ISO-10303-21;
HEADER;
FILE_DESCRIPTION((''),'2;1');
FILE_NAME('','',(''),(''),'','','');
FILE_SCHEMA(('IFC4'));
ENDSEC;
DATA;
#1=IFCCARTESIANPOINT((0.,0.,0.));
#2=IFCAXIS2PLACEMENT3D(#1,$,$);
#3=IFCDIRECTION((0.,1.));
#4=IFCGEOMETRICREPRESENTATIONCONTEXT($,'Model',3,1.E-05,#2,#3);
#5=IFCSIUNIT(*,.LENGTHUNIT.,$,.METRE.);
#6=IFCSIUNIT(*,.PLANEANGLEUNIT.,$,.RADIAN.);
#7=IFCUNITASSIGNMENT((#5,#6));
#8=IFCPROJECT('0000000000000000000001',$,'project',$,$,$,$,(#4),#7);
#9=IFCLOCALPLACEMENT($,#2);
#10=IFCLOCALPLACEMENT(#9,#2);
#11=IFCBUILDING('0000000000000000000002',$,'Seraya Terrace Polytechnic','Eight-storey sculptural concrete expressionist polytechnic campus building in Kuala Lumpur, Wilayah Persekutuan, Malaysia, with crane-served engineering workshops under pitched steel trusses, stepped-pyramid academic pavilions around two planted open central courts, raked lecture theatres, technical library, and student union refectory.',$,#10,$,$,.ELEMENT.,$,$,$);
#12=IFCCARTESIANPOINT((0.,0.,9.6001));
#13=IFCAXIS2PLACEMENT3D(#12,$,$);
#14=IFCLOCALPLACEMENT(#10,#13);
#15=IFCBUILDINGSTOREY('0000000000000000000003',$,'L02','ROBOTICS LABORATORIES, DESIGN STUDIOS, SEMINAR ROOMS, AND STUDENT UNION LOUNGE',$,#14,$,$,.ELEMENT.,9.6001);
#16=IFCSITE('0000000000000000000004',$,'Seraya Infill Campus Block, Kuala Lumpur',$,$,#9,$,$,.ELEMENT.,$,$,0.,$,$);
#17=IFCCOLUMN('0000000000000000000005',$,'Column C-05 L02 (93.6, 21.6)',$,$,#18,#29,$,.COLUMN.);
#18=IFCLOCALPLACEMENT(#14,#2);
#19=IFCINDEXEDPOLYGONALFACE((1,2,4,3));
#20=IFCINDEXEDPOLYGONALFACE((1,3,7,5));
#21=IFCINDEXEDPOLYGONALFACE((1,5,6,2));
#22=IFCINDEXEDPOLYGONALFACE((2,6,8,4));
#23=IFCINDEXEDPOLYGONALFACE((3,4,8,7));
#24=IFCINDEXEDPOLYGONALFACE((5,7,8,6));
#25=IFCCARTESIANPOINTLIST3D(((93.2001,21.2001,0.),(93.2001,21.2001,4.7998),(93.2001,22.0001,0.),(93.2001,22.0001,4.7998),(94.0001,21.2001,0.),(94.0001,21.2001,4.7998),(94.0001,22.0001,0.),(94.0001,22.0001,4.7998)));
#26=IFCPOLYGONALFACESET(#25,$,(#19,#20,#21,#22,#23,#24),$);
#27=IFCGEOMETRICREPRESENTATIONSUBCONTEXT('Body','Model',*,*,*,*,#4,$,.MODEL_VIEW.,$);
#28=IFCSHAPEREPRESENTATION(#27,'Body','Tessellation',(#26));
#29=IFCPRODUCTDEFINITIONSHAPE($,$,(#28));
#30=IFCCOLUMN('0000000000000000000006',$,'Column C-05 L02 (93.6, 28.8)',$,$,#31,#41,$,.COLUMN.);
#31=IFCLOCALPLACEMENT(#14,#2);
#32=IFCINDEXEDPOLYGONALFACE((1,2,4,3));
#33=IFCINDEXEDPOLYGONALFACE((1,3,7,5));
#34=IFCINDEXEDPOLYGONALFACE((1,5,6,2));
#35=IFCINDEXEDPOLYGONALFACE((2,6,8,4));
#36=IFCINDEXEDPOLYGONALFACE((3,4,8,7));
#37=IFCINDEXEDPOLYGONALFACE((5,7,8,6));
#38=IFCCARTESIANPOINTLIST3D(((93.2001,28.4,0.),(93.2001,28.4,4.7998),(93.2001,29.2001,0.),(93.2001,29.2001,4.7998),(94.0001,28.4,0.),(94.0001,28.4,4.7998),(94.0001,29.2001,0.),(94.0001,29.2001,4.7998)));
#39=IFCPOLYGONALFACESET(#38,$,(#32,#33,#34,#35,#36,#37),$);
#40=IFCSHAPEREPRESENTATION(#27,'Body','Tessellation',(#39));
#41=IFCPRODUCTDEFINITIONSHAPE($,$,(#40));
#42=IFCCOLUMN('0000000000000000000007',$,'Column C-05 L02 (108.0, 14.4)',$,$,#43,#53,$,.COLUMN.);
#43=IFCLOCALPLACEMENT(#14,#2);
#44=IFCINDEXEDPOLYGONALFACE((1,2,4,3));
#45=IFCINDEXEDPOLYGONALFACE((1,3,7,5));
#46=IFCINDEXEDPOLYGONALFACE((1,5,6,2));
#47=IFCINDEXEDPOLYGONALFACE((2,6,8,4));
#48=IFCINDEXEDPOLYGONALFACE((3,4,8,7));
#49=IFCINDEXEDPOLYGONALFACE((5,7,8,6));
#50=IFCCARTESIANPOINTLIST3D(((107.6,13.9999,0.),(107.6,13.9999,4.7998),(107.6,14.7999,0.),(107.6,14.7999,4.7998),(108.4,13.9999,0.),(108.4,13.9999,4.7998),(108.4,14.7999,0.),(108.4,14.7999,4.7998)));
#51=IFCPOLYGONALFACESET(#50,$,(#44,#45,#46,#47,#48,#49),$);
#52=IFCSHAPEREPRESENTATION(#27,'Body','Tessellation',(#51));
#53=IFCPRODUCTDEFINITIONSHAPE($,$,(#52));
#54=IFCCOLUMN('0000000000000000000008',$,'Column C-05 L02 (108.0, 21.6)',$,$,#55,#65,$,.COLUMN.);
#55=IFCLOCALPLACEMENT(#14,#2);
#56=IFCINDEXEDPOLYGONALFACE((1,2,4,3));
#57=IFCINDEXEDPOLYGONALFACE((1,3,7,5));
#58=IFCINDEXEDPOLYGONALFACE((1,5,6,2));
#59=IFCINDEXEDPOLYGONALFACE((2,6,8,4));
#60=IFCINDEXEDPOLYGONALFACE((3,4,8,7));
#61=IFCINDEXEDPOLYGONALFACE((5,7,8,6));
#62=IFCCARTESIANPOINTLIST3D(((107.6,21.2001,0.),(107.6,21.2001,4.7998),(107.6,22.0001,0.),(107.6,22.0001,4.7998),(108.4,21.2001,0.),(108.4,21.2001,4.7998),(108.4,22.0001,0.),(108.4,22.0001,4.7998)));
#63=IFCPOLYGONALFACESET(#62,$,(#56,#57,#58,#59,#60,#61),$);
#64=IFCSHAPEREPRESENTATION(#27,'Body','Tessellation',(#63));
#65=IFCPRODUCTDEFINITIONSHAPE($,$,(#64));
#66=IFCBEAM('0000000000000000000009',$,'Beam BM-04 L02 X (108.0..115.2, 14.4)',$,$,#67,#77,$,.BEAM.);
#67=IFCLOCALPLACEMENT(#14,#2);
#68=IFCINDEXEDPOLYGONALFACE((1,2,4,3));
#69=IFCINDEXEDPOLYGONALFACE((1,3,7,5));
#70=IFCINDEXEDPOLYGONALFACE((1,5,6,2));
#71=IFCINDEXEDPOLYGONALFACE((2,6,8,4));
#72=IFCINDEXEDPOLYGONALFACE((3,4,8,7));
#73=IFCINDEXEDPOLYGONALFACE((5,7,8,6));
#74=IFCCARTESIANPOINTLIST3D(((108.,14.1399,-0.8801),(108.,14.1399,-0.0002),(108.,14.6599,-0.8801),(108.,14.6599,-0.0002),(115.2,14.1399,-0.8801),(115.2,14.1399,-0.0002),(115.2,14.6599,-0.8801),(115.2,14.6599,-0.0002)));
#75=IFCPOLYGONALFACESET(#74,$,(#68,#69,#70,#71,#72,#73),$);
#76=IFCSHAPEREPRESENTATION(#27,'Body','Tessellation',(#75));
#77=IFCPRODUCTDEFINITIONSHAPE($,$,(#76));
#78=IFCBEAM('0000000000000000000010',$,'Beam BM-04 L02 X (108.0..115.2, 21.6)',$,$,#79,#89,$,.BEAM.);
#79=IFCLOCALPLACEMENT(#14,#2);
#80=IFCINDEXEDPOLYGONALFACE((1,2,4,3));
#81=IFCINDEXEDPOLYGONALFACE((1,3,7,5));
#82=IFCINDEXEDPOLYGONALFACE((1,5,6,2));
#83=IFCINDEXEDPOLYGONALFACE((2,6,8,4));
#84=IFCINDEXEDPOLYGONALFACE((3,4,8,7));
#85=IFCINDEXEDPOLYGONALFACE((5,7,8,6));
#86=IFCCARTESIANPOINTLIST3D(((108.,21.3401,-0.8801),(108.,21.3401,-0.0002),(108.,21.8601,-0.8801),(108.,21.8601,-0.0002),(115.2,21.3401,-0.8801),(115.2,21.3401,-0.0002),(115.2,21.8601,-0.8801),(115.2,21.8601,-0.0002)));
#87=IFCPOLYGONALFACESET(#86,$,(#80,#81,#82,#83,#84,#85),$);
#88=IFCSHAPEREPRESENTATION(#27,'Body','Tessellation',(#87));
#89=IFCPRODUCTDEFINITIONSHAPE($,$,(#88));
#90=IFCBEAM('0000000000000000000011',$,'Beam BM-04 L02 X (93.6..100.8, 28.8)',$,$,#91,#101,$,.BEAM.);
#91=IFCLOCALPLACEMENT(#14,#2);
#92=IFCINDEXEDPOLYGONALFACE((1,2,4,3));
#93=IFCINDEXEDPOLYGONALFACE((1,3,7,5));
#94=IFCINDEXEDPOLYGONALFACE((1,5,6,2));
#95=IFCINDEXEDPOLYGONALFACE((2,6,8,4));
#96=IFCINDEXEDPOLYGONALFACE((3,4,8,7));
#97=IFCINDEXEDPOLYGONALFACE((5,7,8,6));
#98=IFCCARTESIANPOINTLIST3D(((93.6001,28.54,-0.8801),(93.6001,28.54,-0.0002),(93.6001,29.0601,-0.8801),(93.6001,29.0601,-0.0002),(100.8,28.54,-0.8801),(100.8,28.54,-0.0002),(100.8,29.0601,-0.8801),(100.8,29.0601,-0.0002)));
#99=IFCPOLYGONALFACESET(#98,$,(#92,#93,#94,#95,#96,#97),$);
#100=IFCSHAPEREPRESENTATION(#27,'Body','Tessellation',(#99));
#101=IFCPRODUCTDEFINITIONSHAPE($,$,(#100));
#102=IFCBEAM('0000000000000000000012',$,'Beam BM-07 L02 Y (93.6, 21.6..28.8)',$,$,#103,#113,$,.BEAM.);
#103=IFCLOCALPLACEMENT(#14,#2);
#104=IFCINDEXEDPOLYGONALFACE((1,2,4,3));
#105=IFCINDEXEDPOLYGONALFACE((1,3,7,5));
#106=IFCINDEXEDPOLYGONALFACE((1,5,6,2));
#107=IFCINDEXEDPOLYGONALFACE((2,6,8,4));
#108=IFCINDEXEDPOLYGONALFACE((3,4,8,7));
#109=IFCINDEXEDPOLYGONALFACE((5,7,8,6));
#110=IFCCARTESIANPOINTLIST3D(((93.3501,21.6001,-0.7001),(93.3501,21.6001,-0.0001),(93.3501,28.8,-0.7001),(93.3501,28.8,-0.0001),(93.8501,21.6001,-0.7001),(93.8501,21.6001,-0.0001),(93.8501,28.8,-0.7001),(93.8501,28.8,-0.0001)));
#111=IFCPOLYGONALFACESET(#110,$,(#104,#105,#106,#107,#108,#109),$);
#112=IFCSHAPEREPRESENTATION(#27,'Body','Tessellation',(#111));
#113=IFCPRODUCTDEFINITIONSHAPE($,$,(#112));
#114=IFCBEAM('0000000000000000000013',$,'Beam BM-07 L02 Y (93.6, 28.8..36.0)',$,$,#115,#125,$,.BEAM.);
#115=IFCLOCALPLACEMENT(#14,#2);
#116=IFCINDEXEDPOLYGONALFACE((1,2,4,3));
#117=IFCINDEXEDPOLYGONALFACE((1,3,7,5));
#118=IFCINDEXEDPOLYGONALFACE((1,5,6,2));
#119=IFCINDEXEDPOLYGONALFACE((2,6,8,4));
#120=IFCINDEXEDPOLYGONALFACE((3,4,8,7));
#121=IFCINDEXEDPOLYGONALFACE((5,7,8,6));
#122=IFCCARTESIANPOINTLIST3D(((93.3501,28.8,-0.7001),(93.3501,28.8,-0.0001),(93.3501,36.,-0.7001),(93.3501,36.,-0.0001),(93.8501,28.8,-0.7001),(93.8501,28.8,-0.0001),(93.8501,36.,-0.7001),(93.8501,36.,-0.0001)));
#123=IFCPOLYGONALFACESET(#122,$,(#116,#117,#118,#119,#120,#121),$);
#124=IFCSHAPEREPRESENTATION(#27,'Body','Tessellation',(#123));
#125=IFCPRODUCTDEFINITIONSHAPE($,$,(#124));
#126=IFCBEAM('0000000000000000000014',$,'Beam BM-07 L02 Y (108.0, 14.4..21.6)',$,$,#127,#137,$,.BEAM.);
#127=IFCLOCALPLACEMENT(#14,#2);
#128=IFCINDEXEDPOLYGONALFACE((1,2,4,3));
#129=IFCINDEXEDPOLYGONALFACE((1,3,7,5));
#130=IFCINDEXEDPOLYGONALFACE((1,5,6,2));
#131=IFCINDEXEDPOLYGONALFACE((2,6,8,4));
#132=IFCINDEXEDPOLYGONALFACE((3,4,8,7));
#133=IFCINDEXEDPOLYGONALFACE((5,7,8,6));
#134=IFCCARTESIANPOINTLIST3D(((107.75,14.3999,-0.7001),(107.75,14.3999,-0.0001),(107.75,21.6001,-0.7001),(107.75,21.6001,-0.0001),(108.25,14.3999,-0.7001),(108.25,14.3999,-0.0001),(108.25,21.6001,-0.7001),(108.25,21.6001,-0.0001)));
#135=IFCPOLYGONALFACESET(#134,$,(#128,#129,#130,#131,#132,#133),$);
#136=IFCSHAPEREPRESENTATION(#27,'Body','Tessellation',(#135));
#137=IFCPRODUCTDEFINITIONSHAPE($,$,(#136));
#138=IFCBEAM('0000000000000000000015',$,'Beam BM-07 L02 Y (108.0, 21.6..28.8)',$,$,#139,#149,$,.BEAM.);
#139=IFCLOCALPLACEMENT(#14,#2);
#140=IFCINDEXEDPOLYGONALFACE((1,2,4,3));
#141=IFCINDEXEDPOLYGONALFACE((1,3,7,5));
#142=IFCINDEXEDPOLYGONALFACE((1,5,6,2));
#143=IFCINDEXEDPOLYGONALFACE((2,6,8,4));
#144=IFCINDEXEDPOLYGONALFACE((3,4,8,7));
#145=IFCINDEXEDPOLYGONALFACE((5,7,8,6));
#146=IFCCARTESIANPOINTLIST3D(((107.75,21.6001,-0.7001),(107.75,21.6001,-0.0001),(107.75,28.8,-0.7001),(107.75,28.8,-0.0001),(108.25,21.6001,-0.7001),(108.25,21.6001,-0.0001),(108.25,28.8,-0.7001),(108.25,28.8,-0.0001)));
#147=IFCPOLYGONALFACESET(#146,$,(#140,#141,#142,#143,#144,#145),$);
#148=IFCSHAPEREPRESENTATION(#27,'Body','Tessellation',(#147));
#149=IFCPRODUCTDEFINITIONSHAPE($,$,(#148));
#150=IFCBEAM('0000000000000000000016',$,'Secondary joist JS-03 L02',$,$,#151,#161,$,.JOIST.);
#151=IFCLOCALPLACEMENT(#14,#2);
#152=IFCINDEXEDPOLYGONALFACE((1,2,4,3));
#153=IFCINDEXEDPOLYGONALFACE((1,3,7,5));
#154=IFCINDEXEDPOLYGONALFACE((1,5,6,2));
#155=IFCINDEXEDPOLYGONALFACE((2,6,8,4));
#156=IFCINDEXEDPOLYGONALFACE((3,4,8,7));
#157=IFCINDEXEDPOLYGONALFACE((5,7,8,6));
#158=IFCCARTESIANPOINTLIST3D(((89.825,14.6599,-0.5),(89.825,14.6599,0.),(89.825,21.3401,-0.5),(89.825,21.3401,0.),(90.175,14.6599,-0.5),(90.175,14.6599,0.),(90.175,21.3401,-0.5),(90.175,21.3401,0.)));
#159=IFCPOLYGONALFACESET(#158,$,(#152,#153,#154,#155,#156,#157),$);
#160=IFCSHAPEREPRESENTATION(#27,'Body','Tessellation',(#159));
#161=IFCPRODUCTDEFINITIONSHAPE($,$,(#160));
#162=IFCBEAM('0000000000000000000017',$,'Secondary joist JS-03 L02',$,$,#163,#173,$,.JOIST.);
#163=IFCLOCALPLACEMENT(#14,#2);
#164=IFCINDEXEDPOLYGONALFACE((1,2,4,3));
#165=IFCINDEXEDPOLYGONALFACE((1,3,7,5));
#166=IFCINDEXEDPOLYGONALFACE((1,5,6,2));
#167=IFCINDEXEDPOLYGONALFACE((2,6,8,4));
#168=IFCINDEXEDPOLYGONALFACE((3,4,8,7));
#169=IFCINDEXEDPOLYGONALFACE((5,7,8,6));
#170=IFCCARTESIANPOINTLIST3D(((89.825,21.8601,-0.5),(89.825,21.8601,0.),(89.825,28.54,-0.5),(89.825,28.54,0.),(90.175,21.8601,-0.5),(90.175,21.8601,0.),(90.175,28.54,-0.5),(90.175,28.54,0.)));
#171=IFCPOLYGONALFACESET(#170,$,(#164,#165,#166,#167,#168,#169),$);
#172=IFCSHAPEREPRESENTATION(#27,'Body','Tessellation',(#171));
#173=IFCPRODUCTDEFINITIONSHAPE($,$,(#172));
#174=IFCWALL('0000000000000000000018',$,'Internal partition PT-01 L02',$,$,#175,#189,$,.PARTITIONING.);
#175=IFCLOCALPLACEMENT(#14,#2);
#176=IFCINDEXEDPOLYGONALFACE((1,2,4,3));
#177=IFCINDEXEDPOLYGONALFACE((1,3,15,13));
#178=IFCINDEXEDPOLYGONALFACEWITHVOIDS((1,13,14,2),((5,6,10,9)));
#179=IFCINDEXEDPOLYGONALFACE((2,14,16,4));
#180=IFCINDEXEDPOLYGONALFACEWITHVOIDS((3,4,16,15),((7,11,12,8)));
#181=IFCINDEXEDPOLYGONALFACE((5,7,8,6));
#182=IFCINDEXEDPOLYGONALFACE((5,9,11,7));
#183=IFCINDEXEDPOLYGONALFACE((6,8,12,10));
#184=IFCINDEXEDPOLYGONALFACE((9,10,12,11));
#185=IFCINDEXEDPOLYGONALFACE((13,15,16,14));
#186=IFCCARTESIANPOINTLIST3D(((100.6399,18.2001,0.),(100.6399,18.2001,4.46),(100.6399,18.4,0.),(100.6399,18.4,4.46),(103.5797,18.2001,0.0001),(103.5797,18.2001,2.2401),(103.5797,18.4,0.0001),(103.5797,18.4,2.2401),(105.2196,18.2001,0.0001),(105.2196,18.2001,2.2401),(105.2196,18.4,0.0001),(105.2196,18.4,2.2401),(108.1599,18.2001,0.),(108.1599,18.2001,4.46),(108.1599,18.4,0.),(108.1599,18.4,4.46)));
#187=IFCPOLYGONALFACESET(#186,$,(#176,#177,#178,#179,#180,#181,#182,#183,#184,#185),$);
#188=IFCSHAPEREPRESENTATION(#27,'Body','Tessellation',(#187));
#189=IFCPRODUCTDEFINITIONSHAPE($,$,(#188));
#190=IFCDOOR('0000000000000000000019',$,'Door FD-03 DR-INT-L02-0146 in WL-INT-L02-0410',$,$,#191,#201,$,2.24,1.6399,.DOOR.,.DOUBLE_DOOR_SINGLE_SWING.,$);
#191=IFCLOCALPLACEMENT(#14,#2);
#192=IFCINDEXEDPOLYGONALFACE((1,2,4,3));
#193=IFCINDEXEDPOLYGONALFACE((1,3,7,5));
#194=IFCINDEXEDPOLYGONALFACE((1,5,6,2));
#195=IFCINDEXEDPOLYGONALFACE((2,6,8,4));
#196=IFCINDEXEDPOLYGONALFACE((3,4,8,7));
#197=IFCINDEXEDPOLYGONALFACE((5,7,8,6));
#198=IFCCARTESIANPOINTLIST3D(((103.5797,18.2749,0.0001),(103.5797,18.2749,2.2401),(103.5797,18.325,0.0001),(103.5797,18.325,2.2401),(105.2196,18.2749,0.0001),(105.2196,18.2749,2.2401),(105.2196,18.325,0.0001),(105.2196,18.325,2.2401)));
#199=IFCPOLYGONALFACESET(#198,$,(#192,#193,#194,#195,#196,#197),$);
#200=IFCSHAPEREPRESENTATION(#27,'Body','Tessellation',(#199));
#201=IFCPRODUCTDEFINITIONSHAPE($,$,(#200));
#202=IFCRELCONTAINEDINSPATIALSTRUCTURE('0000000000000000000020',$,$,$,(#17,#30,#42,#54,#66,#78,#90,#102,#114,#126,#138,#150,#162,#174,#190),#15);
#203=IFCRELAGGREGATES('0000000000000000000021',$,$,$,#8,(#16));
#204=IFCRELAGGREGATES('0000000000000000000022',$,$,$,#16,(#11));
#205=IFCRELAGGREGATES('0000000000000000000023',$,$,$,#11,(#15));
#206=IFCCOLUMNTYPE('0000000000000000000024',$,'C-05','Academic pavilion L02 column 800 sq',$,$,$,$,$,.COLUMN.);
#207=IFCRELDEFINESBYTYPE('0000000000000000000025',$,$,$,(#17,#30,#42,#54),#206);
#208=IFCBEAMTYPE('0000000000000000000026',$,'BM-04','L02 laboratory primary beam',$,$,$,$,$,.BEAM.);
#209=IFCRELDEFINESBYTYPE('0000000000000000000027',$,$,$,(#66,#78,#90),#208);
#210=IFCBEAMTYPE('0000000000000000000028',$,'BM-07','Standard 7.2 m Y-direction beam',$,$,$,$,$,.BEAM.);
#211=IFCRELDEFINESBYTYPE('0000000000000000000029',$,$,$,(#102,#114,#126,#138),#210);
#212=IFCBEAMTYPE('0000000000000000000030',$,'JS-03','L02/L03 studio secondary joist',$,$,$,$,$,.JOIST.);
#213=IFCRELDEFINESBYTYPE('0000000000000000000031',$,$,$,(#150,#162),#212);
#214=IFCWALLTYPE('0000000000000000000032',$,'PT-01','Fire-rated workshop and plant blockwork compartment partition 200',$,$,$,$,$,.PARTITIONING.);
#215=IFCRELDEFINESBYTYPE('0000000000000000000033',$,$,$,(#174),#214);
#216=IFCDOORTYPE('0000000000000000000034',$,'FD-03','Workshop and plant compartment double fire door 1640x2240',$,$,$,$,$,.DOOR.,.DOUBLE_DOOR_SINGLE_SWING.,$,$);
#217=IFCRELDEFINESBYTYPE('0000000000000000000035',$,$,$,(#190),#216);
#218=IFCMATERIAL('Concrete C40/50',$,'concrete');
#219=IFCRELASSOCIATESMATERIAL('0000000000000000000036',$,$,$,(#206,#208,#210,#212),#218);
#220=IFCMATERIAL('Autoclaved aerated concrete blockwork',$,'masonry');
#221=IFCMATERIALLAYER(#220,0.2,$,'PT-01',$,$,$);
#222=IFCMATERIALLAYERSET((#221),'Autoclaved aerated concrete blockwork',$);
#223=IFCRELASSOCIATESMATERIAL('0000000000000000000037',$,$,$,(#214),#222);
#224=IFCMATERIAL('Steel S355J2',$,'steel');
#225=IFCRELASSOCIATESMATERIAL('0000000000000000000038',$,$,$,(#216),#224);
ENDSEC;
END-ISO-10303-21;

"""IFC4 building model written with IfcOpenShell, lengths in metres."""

from ifc_helpers import new_model, si_unit, direction, frame, frame_2d, origin, origin_2d, place, context, subcontext, project, spatial, rectangle, extrude, material, layer, layer_set, material_profile, profile_set, type_object, element, fill, save


model = new_model("IFC4")

# Units and contexts
model_context = context("Model", 3, precision=1e-05, world=origin(), true_north=direction((0.0, 1.0)))
body_context = subcontext(model_context, "Body", "Model", "MODEL_VIEW")
ifc_project = project(units=[si_unit("LENGTHUNIT", "METRE"), si_unit("PLANEANGLEUNIT", "RADIAN")], contexts=[model_context])

# Site, building, storey
site_placement = place(None, origin())
site = spatial("IfcSite", under=ifc_project, at=site_placement, Name="Seraya Infill Campus Block, Kuala Lumpur", CompositionType="ELEMENT", RefElevation=0.0)
building_placement = place(site_placement, origin())
building = spatial("IfcBuilding", under=site, at=building_placement, Name="Seraya Terrace Polytechnic", Description="Eight-storey sculptural concrete expressionist polytechnic campus building in Kuala Lumpur, Wilayah Persekutuan, Malaysia, with crane-served engineering workshops under pitched steel trusses, stepped-pyramid academic pavilions around two planted open central courts, raked lecture theatres, technical library, and student union refectory.", CompositionType="ELEMENT")
storey_placement = place(building_placement, frame((0.0, 0.0, 9.6001)))
storey = spatial("IfcBuildingStorey", under=building, at=storey_placement, Name="L02", Description="ROBOTICS LABORATORIES, DESIGN STUDIOS, SEMINAR ROOMS, AND STUDENT UNION LOUNGE", CompositionType="ELEMENT", Elevation=9.6001)

# Columns
ifc_material_1 = material(Name="Concrete C40/50", Category="concrete")
ifc_material_profile_1 = material_profile(ifc_material_1, rectangle(XDim=0.8, YDim=0.8, at=origin_2d()), Name="RC 800x800")
ifc_profile_set_1 = profile_set([ifc_material_profile_1], Name="Concrete C40/50")
column_type = type_object("IfcColumnType", Name="C-05", Description="Academic pavilion L02 column 800 sq", PredefinedType="COLUMN", material=ifc_profile_set_1)
for number, where, z_axis, x_axis, name in (
    (1, (93.6001, 21.6001, 0.0), (0.0, 0.0, 1.0), (1.0, 0.0, 0.0), "Column C-05 L02 (93.6, 21.6)"),
    (2, (93.6001, 28.8, 0.0), (0.0, 0.0, 1.0), (1.0, 0.0, 0.0), "Column C-05 L02 (93.6, 28.8)"),
    (3, (108.0, 14.3999, 0.0), (0.0, 0.0, 1.0), (1.0, 0.0, 0.0), "Column C-05 L02 (108.0, 14.4)"),
    (4, (108.0, 21.6001, 0.0), (0.0, 0.0, 1.0), (1.0, 0.0, 0.0), "Column C-05 L02 (108.0, 21.6)"),
):
    element("IfcColumn", number, at=place(storey_placement, frame(where, z_axis=z_axis, x_axis=x_axis)), inside=storey, type_object=column_type, Name=name, PredefinedType="COLUMN", context=body_context, shape_type="SweptSolid", body=[
        extrude(rectangle(XDim=0.8, YDim=0.8, at=origin_2d()), origin(), (0.0, 0.0, 1.0), 4.7998),
    ])

# Beams
ifc_material_profile_2 = material_profile(ifc_material_1, rectangle(XDim=0.52, YDim=0.8799, at=origin_2d()), Name="RC 520x880")
ifc_profile_set_2 = profile_set([ifc_material_profile_2], Name="Concrete C40/50")
beam_type_1 = type_object("IfcBeamType", Name="BM-04", Description="L02 laboratory primary beam", PredefinedType="BEAM", material=ifc_profile_set_2)
for number, where, z_axis, x_axis, name in (
    (5, (108.0, 14.3999, -0.4402), (1.0, 0.0, 0.0), (0.0, 1.0, 0.0), "Beam BM-04 L02 X (108.0..115.2, 14.4)"),
    (6, (108.0, 21.6001, -0.4402), (1.0, 0.0, 0.0), (0.0, 1.0, 0.0), "Beam BM-04 L02 X (108.0..115.2, 21.6)"),
    (7, (93.6001, 28.8, -0.4402), (1.0, 0.0, 0.0), (0.0, 1.0, 0.0), "Beam BM-04 L02 X (93.6..100.8, 28.8)"),
):
    element("IfcBeam", number, at=place(storey_placement, frame(where, z_axis=z_axis, x_axis=x_axis)), inside=storey, type_object=beam_type_1, Name=name, PredefinedType="BEAM", context=body_context, shape_type="SweptSolid", body=[
        extrude(rectangle(XDim=0.52, YDim=0.8799, at=origin_2d()), origin(), (0.0, 0.0, 1.0), 7.2),
    ])
ifc_material_profile_3 = material_profile(ifc_material_1, rectangle(XDim=0.5, YDim=0.7, at=origin_2d()), Name="RC 500x700")
ifc_profile_set_3 = profile_set([ifc_material_profile_3], Name="Concrete C40/50")
beam_type_2 = type_object("IfcBeamType", Name="BM-07", Description="Standard 7.2 m Y-direction beam", PredefinedType="BEAM", material=ifc_profile_set_3)
for number, where, z_axis, x_axis, name in (
    (8, (93.6001, 21.6001, -0.3501), (0.0, 1.0, 0.0), (-1.0, 0.0, 0.0), "Beam BM-07 L02 Y (93.6, 21.6..28.8)"),
    (9, (93.6001, 28.8, -0.3501), (0.0, 1.0, 0.0), (-1.0, 0.0, 0.0), "Beam BM-07 L02 Y (93.6, 28.8..36.0)"),
):
    element("IfcBeam", number, at=place(storey_placement, frame(where, z_axis=z_axis, x_axis=x_axis)), inside=storey, type_object=beam_type_2, Name=name, PredefinedType="BEAM", context=body_context, shape_type="SweptSolid", body=[
        extrude(rectangle(XDim=0.5, YDim=0.7, at=origin_2d()), origin(), (0.0, 0.0, 1.0), 7.2),
    ])
beam_1_placement = place(storey_placement, frame((108.0, 14.3999, -0.3501), z_axis=(0.0, 1.0, 0.0), x_axis=(-1.0, 0.0, 0.0)))
element("IfcBeam", 10, at=beam_1_placement, inside=storey, type_object=beam_type_2, Name="Beam BM-07 L02 Y (108.0, 14.4..21.6)", PredefinedType="BEAM", context=body_context, shape_type="SweptSolid", body=[
    extrude(rectangle(XDim=0.5, YDim=0.7, at=origin_2d()), origin(), (0.0, 0.0, 1.0), 7.2002),
])
beam_2_placement = place(storey_placement, frame((108.0, 21.6001, -0.3501), z_axis=(0.0, 1.0, 0.0), x_axis=(-1.0, 0.0, 0.0)))
element("IfcBeam", 11, at=beam_2_placement, inside=storey, type_object=beam_type_2, Name="Beam BM-07 L02 Y (108.0, 21.6..28.8)", PredefinedType="BEAM", context=body_context, shape_type="SweptSolid", body=[
    extrude(rectangle(XDim=0.5, YDim=0.7, at=origin_2d()), origin(), (0.0, 0.0, 1.0), 7.2),
])
ifc_material_profile_4 = material_profile(ifc_material_1, rectangle(XDim=0.3501, YDim=0.5, at=origin_2d()), Name="RC 350x500")
ifc_profile_set_4 = profile_set([ifc_material_profile_4], Name="Concrete C40/50")
beam_type_3 = type_object("IfcBeamType", Name="JS-03", Description="L02/L03 studio secondary joist", PredefinedType="JOIST", material=ifc_profile_set_4)
beam_3_placement = place(storey_placement, frame((90.0, 14.6599, -0.25), z_axis=(0.0, 1.0, 0.0), x_axis=(-1.0, 0.0, 0.0)))
element("IfcBeam", 12, at=beam_3_placement, inside=storey, type_object=beam_type_3, Name="Secondary joist JS-03 L02", PredefinedType="JOIST", context=body_context, shape_type="SweptSolid", body=[
    extrude(rectangle(XDim=0.3501, YDim=0.5, at=origin_2d()), origin(), (0.0, 0.0, 1.0), 6.6802),
])
beam_4_placement = place(storey_placement, frame((90.0, 21.8601, -0.25), z_axis=(0.0, 1.0, 0.0), x_axis=(-1.0, 0.0, 0.0)))
element("IfcBeam", 13, at=beam_4_placement, inside=storey, type_object=beam_type_3, Name="Secondary joist JS-03 L02", PredefinedType="JOIST", context=body_context, shape_type="SweptSolid", body=[
    extrude(rectangle(XDim=0.3501, YDim=0.5, at=origin_2d()), origin(), (0.0, 0.0, 1.0), 6.6799),
])

# Wall, opening, door
ifc_material_2 = material(Name="Autoclaved aerated concrete blockwork", Category="masonry")
ifc_layer_1 = layer(ifc_material_2, 0.2, Name="PT-01")
ifc_layer_set_1 = layer_set([ifc_layer_1], Name="Autoclaved aerated concrete blockwork")
wall_type_1 = type_object("IfcWallType", Name="PT-01", Description="Fire-rated workshop and plant blockwork compartment partition 200", PredefinedType="PARTITIONING", material=ifc_layer_set_1)
wall_1_placement = place(storey_placement, frame((100.6399, 18.3, 0.0), z_axis=(0.0, 0.0, 1.0), x_axis=(1.0, 0.0, 0.0)))
wall_1 = element("IfcWall", 14, at=wall_1_placement, inside=storey, type_object=wall_type_1, Name="Internal partition PT-01 L02", PredefinedType="PARTITIONING", context=body_context, shape_type="SweptSolid", body=[
    extrude(rectangle(XDim=7.52, YDim=0.2, at=frame_2d((3.76, 0.0))), origin(), (0.0, 0.0, 1.0), 4.46),
])
opening_1_placement = place(wall_1_placement, frame((2.9399, 0.0, 0.0)))
opening_1 = element("IfcOpeningElement", 15, at=opening_1_placement, cuts=wall_1, PredefinedType="OPENING", context=body_context, shape_type="SweptSolid", body=[
    extrude(rectangle(XDim=1.6399, YDim=2.24, at=frame_2d((0.8198, 1.1201))), frame((0.0, 0.1118, 0.0), z_axis=(0.0, -1.0, 0.0), x_axis=(1.0, 0.0, 0.0)), (0.0, 0.0, 1.0), 0.2239),
])
ifc_material_3 = material(Name="Steel S355J2", Category="steel")
door_type_1 = type_object("IfcDoorType", Name="FD-03", Description="Workshop and plant compartment double fire door 1640x2240", OperationType="DOUBLE_DOOR_SINGLE_SWING", PredefinedType="DOOR", material=ifc_material_3)
door_1_placement = place(opening_1_placement, origin())
door_1 = element("IfcDoor", 16, at=door_1_placement, inside=storey, type_object=door_type_1, Name="Door FD-03 DR-INT-L02-0146 in WL-INT-L02-0410", OperationType="DOUBLE_DOOR_SINGLE_SWING", OverallHeight=2.24, OverallWidth=1.6399, PredefinedType="DOOR", context=body_context, shape_type="SweptSolid", body=[
    extrude(rectangle(XDim=1.6399, YDim=2.24, at=frame_2d((0.8198, 1.1201))), frame((0.0, 0.0249, 0.0), z_axis=(0.0, -1.0, 0.0), x_axis=(1.0, 0.0, 0.0)), (0.0, 0.0, 1.0), 0.05),
])
fill(opening_1, door_1)

save(model, "model.ifc")
